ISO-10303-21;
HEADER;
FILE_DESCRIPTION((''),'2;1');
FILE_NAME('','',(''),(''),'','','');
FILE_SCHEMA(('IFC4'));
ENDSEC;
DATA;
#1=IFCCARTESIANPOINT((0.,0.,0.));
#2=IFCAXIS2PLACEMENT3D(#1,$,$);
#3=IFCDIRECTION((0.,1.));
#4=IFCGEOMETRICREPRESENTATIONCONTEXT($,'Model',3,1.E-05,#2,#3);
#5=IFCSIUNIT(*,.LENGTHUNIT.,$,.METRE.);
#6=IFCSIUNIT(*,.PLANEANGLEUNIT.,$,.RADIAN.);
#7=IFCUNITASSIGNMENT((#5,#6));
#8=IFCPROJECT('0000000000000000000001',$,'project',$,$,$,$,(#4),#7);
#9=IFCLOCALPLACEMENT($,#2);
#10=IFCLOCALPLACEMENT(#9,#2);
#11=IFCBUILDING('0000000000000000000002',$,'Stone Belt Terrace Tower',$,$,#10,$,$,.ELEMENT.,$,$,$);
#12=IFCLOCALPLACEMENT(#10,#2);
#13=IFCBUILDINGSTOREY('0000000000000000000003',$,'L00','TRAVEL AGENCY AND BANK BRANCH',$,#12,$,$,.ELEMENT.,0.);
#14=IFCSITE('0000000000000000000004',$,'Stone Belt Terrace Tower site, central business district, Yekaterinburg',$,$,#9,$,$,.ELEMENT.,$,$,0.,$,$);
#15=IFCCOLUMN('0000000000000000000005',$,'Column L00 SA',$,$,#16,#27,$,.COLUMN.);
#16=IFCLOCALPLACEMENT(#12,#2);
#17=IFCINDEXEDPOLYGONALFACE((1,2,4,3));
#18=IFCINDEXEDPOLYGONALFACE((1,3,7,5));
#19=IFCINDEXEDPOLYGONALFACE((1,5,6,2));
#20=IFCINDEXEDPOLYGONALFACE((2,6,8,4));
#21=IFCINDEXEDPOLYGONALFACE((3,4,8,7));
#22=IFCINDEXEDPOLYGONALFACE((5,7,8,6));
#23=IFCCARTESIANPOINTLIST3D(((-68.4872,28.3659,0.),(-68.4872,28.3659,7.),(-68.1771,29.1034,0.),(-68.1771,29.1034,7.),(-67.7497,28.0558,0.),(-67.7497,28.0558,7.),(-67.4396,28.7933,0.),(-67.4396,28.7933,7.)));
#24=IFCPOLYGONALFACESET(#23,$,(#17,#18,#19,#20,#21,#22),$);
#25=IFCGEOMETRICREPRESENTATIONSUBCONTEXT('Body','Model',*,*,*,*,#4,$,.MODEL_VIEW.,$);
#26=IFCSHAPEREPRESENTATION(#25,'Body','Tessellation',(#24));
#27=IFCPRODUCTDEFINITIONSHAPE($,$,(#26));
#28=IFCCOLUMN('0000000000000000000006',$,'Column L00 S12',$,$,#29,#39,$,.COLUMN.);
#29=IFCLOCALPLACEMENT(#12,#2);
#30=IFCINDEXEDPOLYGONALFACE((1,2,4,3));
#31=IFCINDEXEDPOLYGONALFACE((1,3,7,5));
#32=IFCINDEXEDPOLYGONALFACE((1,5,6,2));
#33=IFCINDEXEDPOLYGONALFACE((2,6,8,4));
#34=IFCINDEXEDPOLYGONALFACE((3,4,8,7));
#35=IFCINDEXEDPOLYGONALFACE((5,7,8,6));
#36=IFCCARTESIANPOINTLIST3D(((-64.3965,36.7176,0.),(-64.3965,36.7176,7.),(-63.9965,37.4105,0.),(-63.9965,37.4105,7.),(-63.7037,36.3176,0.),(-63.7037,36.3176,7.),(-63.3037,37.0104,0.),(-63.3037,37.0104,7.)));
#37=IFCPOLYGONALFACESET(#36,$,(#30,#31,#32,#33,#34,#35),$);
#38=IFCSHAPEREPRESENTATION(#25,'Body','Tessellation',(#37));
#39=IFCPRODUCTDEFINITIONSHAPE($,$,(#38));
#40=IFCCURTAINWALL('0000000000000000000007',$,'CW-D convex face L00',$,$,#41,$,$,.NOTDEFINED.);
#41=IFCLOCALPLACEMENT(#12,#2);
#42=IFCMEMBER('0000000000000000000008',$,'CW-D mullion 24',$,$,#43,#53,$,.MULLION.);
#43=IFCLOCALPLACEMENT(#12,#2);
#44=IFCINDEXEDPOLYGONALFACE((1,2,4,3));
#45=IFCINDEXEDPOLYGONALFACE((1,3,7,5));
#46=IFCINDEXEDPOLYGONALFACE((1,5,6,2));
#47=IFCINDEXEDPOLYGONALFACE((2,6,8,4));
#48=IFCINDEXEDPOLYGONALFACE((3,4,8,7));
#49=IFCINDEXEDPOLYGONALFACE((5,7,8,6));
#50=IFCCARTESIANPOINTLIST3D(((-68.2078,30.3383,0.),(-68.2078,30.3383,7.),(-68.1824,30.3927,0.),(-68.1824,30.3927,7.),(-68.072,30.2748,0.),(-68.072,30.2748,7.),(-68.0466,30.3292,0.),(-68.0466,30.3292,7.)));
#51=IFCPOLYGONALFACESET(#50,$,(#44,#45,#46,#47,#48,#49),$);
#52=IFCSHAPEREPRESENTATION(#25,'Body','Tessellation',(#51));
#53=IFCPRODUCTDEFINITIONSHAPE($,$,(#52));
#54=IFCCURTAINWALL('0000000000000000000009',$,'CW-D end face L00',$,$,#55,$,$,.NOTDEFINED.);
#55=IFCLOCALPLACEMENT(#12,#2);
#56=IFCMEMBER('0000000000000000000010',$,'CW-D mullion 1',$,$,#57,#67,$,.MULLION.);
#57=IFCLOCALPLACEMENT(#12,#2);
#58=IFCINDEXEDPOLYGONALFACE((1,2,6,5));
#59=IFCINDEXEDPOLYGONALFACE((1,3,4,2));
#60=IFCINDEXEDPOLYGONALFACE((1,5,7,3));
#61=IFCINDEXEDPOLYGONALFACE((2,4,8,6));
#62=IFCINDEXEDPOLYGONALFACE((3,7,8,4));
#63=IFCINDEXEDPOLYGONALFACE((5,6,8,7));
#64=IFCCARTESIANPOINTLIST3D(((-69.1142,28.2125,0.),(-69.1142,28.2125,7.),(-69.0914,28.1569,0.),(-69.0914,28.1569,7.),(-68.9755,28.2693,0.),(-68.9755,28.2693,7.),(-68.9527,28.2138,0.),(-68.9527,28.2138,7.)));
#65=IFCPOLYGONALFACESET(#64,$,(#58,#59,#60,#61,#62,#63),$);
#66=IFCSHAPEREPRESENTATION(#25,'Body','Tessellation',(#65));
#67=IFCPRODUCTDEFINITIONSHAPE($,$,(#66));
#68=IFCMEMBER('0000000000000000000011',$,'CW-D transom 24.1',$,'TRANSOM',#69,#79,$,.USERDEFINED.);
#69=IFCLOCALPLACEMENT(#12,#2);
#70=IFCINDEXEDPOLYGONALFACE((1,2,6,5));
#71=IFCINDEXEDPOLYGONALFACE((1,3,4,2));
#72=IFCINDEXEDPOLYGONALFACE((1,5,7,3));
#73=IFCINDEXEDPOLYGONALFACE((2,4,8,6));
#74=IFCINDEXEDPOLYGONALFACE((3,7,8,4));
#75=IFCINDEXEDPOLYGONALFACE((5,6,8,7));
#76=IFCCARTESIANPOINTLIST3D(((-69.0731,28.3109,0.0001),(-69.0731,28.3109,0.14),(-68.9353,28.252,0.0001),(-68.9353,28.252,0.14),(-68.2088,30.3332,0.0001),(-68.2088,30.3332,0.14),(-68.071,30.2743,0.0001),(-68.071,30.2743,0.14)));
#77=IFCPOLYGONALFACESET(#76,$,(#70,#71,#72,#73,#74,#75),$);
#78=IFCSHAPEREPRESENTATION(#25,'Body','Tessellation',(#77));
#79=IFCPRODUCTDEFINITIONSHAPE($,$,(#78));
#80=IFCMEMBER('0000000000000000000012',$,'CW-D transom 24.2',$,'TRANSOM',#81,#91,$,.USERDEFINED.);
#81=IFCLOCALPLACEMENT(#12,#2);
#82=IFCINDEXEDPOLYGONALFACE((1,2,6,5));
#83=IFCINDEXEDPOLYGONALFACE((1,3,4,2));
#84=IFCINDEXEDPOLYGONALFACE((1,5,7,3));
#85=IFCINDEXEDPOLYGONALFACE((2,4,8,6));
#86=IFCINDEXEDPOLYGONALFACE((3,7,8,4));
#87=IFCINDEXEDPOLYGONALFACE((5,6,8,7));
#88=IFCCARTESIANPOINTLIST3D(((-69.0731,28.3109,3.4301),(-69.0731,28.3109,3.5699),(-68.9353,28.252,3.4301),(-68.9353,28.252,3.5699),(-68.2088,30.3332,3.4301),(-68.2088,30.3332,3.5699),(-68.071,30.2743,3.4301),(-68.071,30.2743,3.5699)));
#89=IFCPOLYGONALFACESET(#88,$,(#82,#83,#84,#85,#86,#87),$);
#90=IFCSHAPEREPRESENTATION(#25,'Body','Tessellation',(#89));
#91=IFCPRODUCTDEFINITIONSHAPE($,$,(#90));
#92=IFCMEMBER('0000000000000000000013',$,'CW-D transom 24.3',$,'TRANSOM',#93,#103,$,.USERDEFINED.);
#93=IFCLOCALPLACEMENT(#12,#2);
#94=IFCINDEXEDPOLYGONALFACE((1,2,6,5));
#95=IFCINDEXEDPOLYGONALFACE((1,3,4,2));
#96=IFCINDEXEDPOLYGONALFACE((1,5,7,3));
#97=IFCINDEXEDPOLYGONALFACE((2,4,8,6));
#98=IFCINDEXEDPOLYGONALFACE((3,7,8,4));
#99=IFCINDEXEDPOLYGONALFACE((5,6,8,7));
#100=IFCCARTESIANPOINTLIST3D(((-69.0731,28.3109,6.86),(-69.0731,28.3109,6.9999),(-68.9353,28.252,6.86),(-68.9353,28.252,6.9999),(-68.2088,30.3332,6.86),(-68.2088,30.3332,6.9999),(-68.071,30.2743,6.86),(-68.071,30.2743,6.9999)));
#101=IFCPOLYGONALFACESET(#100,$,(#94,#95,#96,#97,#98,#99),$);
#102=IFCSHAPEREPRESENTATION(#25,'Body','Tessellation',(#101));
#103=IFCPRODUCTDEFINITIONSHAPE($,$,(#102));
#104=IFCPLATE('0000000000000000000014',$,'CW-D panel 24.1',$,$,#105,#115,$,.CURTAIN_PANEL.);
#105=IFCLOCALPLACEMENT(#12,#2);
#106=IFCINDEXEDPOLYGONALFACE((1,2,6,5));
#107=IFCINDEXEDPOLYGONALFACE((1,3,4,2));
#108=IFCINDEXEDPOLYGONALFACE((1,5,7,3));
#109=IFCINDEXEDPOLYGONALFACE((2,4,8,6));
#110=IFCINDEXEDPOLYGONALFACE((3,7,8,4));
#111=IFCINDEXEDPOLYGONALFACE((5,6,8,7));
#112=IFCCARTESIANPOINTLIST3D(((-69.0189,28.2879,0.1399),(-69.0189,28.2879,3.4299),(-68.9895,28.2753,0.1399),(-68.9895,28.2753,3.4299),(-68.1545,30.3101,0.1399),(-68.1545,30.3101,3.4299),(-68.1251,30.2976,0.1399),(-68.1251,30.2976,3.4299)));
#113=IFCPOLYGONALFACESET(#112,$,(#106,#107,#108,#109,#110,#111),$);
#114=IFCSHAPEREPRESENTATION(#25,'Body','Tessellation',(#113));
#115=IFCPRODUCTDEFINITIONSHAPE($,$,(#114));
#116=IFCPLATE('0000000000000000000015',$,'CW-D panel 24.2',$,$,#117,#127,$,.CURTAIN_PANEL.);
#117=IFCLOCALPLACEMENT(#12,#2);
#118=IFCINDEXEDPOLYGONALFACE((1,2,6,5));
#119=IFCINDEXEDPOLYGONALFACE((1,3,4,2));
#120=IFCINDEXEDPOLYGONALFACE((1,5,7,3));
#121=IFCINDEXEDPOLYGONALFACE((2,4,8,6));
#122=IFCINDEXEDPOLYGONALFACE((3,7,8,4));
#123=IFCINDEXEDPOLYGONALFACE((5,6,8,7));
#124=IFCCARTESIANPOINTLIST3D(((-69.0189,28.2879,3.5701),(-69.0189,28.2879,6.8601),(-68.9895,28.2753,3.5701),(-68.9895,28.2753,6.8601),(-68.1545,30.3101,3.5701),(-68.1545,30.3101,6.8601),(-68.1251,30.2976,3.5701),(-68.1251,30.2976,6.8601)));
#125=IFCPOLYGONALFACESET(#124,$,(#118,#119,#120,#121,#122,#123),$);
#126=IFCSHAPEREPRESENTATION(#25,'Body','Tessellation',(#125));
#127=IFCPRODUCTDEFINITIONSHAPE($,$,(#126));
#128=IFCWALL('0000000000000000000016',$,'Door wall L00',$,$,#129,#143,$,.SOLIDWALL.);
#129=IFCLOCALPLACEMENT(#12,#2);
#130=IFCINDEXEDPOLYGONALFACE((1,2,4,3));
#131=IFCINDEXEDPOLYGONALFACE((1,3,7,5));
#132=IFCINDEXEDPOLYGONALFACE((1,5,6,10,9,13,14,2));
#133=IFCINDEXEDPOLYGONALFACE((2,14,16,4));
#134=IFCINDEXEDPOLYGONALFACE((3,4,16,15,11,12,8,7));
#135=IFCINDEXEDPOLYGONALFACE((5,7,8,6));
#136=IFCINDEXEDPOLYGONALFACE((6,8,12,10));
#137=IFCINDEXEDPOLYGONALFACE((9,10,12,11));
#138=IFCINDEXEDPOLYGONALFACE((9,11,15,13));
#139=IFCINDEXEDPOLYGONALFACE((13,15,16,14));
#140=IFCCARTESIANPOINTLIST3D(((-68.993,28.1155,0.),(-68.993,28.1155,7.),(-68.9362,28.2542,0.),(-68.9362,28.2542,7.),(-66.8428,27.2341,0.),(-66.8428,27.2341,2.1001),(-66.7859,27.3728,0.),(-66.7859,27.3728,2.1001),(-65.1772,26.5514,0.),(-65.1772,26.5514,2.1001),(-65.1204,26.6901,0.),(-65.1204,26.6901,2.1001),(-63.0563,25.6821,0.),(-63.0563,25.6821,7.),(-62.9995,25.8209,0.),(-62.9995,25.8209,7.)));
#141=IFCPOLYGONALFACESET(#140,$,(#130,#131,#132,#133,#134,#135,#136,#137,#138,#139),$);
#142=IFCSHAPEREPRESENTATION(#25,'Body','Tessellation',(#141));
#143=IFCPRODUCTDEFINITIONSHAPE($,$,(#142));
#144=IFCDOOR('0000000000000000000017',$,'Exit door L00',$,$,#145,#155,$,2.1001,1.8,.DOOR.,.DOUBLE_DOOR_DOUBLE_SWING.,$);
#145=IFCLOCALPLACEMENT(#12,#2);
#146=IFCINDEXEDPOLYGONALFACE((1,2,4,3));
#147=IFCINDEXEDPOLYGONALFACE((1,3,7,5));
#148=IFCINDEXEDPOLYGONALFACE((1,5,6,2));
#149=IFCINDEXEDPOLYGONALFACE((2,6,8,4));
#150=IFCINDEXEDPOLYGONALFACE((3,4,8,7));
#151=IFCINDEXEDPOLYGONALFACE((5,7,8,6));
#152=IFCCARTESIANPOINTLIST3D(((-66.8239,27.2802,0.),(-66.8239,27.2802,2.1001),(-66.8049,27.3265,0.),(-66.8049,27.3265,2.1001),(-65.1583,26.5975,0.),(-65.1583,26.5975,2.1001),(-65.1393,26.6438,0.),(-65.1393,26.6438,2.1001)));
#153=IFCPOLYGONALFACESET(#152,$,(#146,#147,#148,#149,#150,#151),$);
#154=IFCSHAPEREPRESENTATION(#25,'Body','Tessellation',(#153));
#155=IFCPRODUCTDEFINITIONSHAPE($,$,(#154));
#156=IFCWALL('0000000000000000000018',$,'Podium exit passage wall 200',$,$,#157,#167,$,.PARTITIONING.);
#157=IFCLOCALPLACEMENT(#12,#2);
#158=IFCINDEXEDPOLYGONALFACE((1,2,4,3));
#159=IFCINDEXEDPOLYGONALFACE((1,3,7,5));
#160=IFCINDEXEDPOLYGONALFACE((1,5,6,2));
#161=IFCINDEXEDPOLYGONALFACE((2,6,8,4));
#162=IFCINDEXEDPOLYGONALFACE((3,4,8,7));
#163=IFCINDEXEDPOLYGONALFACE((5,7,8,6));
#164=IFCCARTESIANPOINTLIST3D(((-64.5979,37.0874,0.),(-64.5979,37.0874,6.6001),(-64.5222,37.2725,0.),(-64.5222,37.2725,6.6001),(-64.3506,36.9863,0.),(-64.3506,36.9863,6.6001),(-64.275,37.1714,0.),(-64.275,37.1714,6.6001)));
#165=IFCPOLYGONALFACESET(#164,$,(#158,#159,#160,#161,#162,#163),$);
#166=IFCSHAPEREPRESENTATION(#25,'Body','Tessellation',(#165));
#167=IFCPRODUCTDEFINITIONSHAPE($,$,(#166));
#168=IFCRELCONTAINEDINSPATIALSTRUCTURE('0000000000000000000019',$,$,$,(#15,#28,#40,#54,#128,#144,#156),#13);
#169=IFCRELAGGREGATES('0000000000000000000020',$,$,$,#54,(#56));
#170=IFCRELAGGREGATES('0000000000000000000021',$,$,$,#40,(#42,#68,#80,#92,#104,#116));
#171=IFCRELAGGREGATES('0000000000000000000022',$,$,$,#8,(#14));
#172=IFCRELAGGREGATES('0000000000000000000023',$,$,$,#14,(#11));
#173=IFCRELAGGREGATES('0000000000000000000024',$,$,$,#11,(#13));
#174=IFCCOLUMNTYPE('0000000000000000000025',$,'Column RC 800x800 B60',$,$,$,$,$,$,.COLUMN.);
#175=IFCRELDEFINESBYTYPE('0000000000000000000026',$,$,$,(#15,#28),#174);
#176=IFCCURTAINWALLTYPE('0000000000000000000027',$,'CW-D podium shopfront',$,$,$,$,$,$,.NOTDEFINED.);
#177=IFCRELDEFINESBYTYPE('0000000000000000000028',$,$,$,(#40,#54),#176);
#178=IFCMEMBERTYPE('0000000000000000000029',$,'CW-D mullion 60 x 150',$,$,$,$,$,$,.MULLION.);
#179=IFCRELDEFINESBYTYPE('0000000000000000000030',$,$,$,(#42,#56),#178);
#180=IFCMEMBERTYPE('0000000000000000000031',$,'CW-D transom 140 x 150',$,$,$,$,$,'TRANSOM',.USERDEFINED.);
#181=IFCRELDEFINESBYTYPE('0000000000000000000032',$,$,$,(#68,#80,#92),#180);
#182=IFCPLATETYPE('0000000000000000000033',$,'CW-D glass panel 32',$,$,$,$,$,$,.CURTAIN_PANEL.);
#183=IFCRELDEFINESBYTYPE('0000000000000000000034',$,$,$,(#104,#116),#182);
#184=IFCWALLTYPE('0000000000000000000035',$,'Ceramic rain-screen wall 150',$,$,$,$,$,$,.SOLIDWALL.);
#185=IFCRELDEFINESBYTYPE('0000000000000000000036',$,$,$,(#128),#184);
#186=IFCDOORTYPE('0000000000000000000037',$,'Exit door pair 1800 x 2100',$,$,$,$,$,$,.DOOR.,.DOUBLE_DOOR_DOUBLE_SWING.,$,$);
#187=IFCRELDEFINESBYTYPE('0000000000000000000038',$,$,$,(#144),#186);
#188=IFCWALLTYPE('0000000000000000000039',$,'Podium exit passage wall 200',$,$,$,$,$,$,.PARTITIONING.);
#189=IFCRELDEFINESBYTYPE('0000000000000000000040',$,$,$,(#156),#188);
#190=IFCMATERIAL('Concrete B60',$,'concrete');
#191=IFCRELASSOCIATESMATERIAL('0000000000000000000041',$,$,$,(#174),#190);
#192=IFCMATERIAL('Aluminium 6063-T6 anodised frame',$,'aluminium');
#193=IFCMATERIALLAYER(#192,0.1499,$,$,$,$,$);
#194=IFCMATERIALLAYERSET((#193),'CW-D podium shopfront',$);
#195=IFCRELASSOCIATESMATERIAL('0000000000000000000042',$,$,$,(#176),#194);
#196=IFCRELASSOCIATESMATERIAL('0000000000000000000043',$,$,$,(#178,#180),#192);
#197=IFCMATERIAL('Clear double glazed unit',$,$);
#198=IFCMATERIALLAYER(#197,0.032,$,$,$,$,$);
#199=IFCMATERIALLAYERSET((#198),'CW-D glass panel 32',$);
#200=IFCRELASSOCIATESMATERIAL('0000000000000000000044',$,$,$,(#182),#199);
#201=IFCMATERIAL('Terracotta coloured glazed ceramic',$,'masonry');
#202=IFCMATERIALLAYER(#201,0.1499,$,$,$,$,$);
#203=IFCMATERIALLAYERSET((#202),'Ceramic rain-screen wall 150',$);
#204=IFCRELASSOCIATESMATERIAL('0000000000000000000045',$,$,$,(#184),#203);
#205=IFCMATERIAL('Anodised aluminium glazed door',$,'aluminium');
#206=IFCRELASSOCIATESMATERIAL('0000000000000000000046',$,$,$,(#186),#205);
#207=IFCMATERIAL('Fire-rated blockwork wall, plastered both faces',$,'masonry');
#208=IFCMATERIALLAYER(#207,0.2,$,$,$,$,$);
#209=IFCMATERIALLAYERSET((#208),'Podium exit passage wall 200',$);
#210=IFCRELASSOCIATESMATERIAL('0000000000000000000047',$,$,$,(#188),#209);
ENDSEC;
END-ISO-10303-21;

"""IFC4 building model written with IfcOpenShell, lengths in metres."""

from ifc_helpers import new_model, si_unit, direction, frame, frame_2d, origin, origin_2d, place, context, subcontext, project, spatial, rectangle, extrude, material, layer, layer_set, material_profile, profile_set, type_object, element, fill, aggregate, save


model = new_model("IFC4")

# Units and contexts
model_context = context("Model", 3, precision=1e-05, world=origin(), true_north=direction((0.0, 1.0)))
body_context = subcontext(model_context, "Body", "Model", "MODEL_VIEW")
ifc_project = project(units=[si_unit("LENGTHUNIT", "METRE"), si_unit("PLANEANGLEUNIT", "RADIAN")], contexts=[model_context])

# Site, building, storey
site_placement = place(None, origin())
site = spatial("IfcSite", under=ifc_project, at=site_placement, Name="Stone Belt Terrace Tower site, central business district, Yekaterinburg", CompositionType="ELEMENT", RefElevation=0.0)
building_placement = place(site_placement, origin())
building = spatial("IfcBuilding", under=site, at=building_placement, Name="Stone Belt Terrace Tower", CompositionType="ELEMENT")
storey_placement = place(building_placement, origin())
storey = spatial("IfcBuildingStorey", under=building, at=storey_placement, Name="L00", Description="TRAVEL AGENCY AND BANK BRANCH", CompositionType="ELEMENT", Elevation=0.0)

# Columns
ifc_material_1 = material(Name="Concrete B60", Category="concrete")
ifc_material_profile_1 = material_profile(ifc_material_1, rectangle(XDim=0.8, YDim=0.8, at=origin_2d()), Name="RC 800x800")
ifc_profile_set_1 = profile_set([ifc_material_profile_1], Name="Concrete B60")
column_type = type_object("IfcColumnType", Name="Column RC 800x800 B60", PredefinedType="COLUMN", material=ifc_profile_set_1)
for number, where, z_axis, x_axis, name in (
    (1, (-67.9634, 28.5796, 0.0), (0.0, 0.0, 1.0), (0.387636, 0.921812, 0.0), "Column L00 SA"),
    (2, (-63.8501, 36.864, 0.0), (0.0, 0.0, 1.0), (0.5, 0.866025, 0.0), "Column L00 S12"),
):
    element("IfcColumn", number, at=place(storey_placement, frame(where, z_axis=z_axis, x_axis=x_axis)), inside=storey, type_object=column_type, Name=name, PredefinedType="COLUMN", context=body_context, shape_type="SweptSolid", body=[
        extrude(rectangle(XDim=0.8, YDim=0.8, at=origin_2d()), origin(), (0.0, 0.0, 1.0), 7.0),
    ])

# Curtain walls, members
ifc_material_2 = material(Name="Aluminium 6063-T6 anodised frame", Category="aluminium")
ifc_layer_1 = layer(ifc_material_2, 0.1499)
ifc_layer_set_1 = layer_set([ifc_layer_1], Name="CW-D podium shopfront")
curtain_wall_type = type_object("IfcCurtainWallType", Name="CW-D podium shopfront", PredefinedType="NOTDEFINED", material=ifc_layer_set_1)
curtain_wall_1_placement = place(storey_placement, origin())
curtain_wall_1 = element("IfcCurtainWall", 3, at=curtain_wall_1_placement, inside=storey, type_object=curtain_wall_type, Name="CW-D convex face L00", PredefinedType="NOTDEFINED")
ifc_material_profile_2 = material_profile(ifc_material_2, rectangle(XDim=0.1499, YDim=0.0601, at=origin_2d()), Name="Aluminium 6063-T6 60x150")
ifc_profile_set_2 = profile_set([ifc_material_profile_2], Name="Aluminium 6063-T6 anodised frame")
member_type_1 = type_object("IfcMemberType", Name="CW-D mullion 60 x 150", PredefinedType="MULLION", material=ifc_profile_set_2)
member_1_placement = place(storey_placement, frame((-68.1272, 30.3337, 0.0), z_axis=(0.0, 0.0, 1.0), x_axis=(0.905778, -0.423752, 0.0)))
member_1 = element("IfcMember", 4, at=member_1_placement, type_object=member_type_1, Name="CW-D mullion 24", PredefinedType="MULLION", context=body_context, shape_type="SweptSolid", body=[
    extrude(rectangle(XDim=0.1499, YDim=0.0601, at=origin_2d()), origin(), (0.0, 0.0, 1.0), 7.0),
])
curtain_wall_2_placement = place(storey_placement, origin())
curtain_wall_2 = element("IfcCurtainWall", 5, at=curtain_wall_2_placement, inside=storey, type_object=curtain_wall_type, Name="CW-D end face L00", PredefinedType="NOTDEFINED")
member_2_placement = place(storey_placement, frame((-69.0334, 28.2131, 0.0), z_axis=(0.0, 0.0, 1.0), x_axis=(0.92531, 0.379212, 0.0)))
member_2 = element("IfcMember", 6, at=member_2_placement, type_object=member_type_1, Name="CW-D mullion 1", PredefinedType="MULLION", context=body_context, shape_type="SweptSolid", body=[
    extrude(rectangle(XDim=0.1499, YDim=0.0601, at=origin_2d()), origin(), (0.0, 0.0, 1.0), 7.0),
])
aggregate(curtain_wall_2, [member_2])

# Members
ifc_material_profile_3 = material_profile(ifc_material_2, rectangle(XDim=0.1499, YDim=0.1399, at=origin_2d()), Name="Aluminium 6063-T6 150x140")
ifc_profile_set_3 = profile_set([ifc_material_profile_3], Name="Aluminium 6063-T6 anodised frame")
member_type_2 = type_object("IfcMemberType", Name="CW-D transom 140 x 150", ElementType="TRANSOM", PredefinedType="USERDEFINED", material=ifc_profile_set_3)
member_3_placement = place(storey_placement, frame((-68.1399, 30.3037, 0.0701), z_axis=(-0.392995, -0.919541, 0.0), x_axis=(0.919541, -0.392995, 0.0)))
member_3 = element("IfcMember", 7, at=member_3_placement, type_object=member_type_2, Name="CW-D transom 24.1", ObjectType="TRANSOM", PredefinedType="USERDEFINED", context=body_context, shape_type="SweptSolid", body=[
    extrude(rectangle(XDim=0.1499, YDim=0.1399, at=origin_2d()), origin(), (0.0, 0.0, 1.0), 2.1992),
])
member_4_placement = place(storey_placement, frame((-68.1399, 30.3037, 3.5), z_axis=(-0.392995, -0.919541, 0.0), x_axis=(0.919541, -0.392995, 0.0)))
member_4 = element("IfcMember", 8, at=member_4_placement, type_object=member_type_2, Name="CW-D transom 24.2", ObjectType="TRANSOM", PredefinedType="USERDEFINED", context=body_context, shape_type="SweptSolid", body=[
    extrude(rectangle(XDim=0.1499, YDim=0.1399, at=origin_2d()), origin(), (0.0, 0.0, 1.0), 2.1992),
])
member_5_placement = place(storey_placement, frame((-68.1399, 30.3037, 6.9299), z_axis=(-0.392995, -0.919541, 0.0), x_axis=(0.919541, -0.392995, 0.0)))
member_5 = element("IfcMember", 9, at=member_5_placement, type_object=member_type_2, Name="CW-D transom 24.3", ObjectType="TRANSOM", PredefinedType="USERDEFINED", context=body_context, shape_type="SweptSolid", body=[
    extrude(rectangle(XDim=0.1499, YDim=0.1399, at=origin_2d()), origin(), (0.0, 0.0, 1.0), 2.1992),
])

# Plates
ifc_material_3 = material(Name="Clear double glazed unit")
ifc_layer_2 = layer(ifc_material_3, 0.032)
ifc_layer_set_2 = layer_set([ifc_layer_2], Name="CW-D glass panel 32")
plate_type = type_object("IfcPlateType", Name="CW-D glass panel 32", PredefinedType="CURTAIN_PANEL", material=ifc_layer_set_2)
plate_1_placement = place(storey_placement, frame((-68.572, 29.2927, 0.1399), z_axis=(0.0, 0.0, 1.0), x_axis=(-0.393034, -0.919524, 0.0)))
plate_1 = element("IfcPlate", 10, at=plate_1_placement, type_object=plate_type, Name="CW-D panel 24.1", PredefinedType="CURTAIN_PANEL", context=body_context, shape_type="SweptSolid", body=[
    extrude(rectangle(XDim=2.1992, YDim=0.032, at=origin_2d()), origin(), (0.0, 0.0, 1.0), 3.29),
])
plate_2_placement = place(storey_placement, frame((-68.572, 29.2927, 3.5701), z_axis=(0.0, 0.0, 1.0), x_axis=(-0.393034, -0.919524, 0.0)))
plate_2 = element("IfcPlate", 11, at=plate_2_placement, type_object=plate_type, Name="CW-D panel 24.2", PredefinedType="CURTAIN_PANEL", context=body_context, shape_type="SweptSolid", body=[
    extrude(rectangle(XDim=2.1992, YDim=0.032, at=origin_2d()), origin(), (0.0, 0.0, 1.0), 3.29),
])
aggregate(curtain_wall_1, [member_1, member_3, member_4, member_5, plate_1, plate_2])

# Wall, opening, door
ifc_material_4 = material(Name="Terracotta coloured glazed ceramic", Category="masonry")
ifc_layer_3 = layer(ifc_material_4, 0.1499)
ifc_layer_set_3 = layer_set([ifc_layer_3], Name="Ceramic rain-screen wall 150")
wall_type_1 = type_object("IfcWallType", Name="Ceramic rain-screen wall 150", PredefinedType="SOLIDWALL", material=ifc_layer_set_3)
wall_1_placement = place(storey_placement, frame((-68.9646, 28.1848, 0.0), z_axis=(0.0, 0.0, 1.0), x_axis=(0.925292, -0.379257, 0.0)))
wall_1 = element("IfcWall", 12, at=wall_1_placement, inside=storey, type_object=wall_type_1, Name="Door wall L00", PredefinedType="SOLIDWALL", context=body_context, shape_type="SweptSolid", body=[
    extrude(rectangle(XDim=6.416, YDim=0.1499, at=frame_2d((3.208, 0.0))), origin(), (0.0, 0.0, 1.0), 7.0),
])
opening_1_placement = place(wall_1_placement, frame((2.324, 0.0, 0.0)))
opening_1 = element("IfcOpeningElement", 13, at=opening_1_placement, cuts=wall_1, PredefinedType="OPENING", context=body_context, shape_type="SweptSolid", body=[
    extrude(rectangle(XDim=1.8, YDim=2.1001, at=frame_2d((0.8999, 1.05))), frame((0.0, 0.085, 0.0), z_axis=(0.0, -1.0, 0.0), x_axis=(1.0, 0.0, 0.0)), (0.0, 0.0, 1.0), 0.1699),
])
ifc_material_5 = material(Name="Anodised aluminium glazed door", Category="aluminium")
door_type_1 = type_object("IfcDoorType", Name="Exit door pair 1800 x 2100", OperationType="DOUBLE_DOOR_DOUBLE_SWING", PredefinedType="DOOR", material=ifc_material_5)
door_1_placement = place(opening_1_placement, origin())
door_1 = element("IfcDoor", 14, at=door_1_placement, inside=storey, type_object=door_type_1, Name="Exit door L00", OperationType="DOUBLE_DOOR_DOUBLE_SWING", OverallHeight=2.1001, OverallWidth=1.8, PredefinedType="DOOR", context=body_context, shape_type="SweptSolid", body=[
    extrude(rectangle(XDim=1.8, YDim=2.1001, at=frame_2d((0.8999, 1.05))), frame((0.0, 0.0249, 0.0), z_axis=(0.0, -1.0, 0.0), x_axis=(1.0, 0.0, 0.0)), (0.0, 0.0, 1.0), 0.05),
])
fill(opening_1, door_1)

# Wall
ifc_material_6 = material(Name="Fire-rated blockwork wall, plastered both faces", Category="masonry")
ifc_layer_4 = layer(ifc_material_6, 0.2)
ifc_layer_set_4 = layer_set([ifc_layer_4], Name="Podium exit passage wall 200")
wall_type_2 = type_object("IfcWallType", Name="Podium exit passage wall 200", PredefinedType="PARTITIONING", material=ifc_layer_set_4)
wall_2_placement = place(storey_placement, frame((-64.5601, 37.1799, 0.0), z_axis=(0.0, 0.0, 1.0), x_axis=(0.925678, -0.378313, 0.0)))
element("IfcWall", 15, at=wall_2_placement, inside=storey, type_object=wall_type_2, Name="Podium exit passage wall 200", PredefinedType="PARTITIONING", context=body_context, shape_type="SweptSolid", body=[
    extrude(rectangle(XDim=0.2671, YDim=0.2, at=frame_2d((0.1335, 0.0))), origin(), (0.0, 0.0, 1.0), 6.6001),
])

save(model, "model.ifc")
